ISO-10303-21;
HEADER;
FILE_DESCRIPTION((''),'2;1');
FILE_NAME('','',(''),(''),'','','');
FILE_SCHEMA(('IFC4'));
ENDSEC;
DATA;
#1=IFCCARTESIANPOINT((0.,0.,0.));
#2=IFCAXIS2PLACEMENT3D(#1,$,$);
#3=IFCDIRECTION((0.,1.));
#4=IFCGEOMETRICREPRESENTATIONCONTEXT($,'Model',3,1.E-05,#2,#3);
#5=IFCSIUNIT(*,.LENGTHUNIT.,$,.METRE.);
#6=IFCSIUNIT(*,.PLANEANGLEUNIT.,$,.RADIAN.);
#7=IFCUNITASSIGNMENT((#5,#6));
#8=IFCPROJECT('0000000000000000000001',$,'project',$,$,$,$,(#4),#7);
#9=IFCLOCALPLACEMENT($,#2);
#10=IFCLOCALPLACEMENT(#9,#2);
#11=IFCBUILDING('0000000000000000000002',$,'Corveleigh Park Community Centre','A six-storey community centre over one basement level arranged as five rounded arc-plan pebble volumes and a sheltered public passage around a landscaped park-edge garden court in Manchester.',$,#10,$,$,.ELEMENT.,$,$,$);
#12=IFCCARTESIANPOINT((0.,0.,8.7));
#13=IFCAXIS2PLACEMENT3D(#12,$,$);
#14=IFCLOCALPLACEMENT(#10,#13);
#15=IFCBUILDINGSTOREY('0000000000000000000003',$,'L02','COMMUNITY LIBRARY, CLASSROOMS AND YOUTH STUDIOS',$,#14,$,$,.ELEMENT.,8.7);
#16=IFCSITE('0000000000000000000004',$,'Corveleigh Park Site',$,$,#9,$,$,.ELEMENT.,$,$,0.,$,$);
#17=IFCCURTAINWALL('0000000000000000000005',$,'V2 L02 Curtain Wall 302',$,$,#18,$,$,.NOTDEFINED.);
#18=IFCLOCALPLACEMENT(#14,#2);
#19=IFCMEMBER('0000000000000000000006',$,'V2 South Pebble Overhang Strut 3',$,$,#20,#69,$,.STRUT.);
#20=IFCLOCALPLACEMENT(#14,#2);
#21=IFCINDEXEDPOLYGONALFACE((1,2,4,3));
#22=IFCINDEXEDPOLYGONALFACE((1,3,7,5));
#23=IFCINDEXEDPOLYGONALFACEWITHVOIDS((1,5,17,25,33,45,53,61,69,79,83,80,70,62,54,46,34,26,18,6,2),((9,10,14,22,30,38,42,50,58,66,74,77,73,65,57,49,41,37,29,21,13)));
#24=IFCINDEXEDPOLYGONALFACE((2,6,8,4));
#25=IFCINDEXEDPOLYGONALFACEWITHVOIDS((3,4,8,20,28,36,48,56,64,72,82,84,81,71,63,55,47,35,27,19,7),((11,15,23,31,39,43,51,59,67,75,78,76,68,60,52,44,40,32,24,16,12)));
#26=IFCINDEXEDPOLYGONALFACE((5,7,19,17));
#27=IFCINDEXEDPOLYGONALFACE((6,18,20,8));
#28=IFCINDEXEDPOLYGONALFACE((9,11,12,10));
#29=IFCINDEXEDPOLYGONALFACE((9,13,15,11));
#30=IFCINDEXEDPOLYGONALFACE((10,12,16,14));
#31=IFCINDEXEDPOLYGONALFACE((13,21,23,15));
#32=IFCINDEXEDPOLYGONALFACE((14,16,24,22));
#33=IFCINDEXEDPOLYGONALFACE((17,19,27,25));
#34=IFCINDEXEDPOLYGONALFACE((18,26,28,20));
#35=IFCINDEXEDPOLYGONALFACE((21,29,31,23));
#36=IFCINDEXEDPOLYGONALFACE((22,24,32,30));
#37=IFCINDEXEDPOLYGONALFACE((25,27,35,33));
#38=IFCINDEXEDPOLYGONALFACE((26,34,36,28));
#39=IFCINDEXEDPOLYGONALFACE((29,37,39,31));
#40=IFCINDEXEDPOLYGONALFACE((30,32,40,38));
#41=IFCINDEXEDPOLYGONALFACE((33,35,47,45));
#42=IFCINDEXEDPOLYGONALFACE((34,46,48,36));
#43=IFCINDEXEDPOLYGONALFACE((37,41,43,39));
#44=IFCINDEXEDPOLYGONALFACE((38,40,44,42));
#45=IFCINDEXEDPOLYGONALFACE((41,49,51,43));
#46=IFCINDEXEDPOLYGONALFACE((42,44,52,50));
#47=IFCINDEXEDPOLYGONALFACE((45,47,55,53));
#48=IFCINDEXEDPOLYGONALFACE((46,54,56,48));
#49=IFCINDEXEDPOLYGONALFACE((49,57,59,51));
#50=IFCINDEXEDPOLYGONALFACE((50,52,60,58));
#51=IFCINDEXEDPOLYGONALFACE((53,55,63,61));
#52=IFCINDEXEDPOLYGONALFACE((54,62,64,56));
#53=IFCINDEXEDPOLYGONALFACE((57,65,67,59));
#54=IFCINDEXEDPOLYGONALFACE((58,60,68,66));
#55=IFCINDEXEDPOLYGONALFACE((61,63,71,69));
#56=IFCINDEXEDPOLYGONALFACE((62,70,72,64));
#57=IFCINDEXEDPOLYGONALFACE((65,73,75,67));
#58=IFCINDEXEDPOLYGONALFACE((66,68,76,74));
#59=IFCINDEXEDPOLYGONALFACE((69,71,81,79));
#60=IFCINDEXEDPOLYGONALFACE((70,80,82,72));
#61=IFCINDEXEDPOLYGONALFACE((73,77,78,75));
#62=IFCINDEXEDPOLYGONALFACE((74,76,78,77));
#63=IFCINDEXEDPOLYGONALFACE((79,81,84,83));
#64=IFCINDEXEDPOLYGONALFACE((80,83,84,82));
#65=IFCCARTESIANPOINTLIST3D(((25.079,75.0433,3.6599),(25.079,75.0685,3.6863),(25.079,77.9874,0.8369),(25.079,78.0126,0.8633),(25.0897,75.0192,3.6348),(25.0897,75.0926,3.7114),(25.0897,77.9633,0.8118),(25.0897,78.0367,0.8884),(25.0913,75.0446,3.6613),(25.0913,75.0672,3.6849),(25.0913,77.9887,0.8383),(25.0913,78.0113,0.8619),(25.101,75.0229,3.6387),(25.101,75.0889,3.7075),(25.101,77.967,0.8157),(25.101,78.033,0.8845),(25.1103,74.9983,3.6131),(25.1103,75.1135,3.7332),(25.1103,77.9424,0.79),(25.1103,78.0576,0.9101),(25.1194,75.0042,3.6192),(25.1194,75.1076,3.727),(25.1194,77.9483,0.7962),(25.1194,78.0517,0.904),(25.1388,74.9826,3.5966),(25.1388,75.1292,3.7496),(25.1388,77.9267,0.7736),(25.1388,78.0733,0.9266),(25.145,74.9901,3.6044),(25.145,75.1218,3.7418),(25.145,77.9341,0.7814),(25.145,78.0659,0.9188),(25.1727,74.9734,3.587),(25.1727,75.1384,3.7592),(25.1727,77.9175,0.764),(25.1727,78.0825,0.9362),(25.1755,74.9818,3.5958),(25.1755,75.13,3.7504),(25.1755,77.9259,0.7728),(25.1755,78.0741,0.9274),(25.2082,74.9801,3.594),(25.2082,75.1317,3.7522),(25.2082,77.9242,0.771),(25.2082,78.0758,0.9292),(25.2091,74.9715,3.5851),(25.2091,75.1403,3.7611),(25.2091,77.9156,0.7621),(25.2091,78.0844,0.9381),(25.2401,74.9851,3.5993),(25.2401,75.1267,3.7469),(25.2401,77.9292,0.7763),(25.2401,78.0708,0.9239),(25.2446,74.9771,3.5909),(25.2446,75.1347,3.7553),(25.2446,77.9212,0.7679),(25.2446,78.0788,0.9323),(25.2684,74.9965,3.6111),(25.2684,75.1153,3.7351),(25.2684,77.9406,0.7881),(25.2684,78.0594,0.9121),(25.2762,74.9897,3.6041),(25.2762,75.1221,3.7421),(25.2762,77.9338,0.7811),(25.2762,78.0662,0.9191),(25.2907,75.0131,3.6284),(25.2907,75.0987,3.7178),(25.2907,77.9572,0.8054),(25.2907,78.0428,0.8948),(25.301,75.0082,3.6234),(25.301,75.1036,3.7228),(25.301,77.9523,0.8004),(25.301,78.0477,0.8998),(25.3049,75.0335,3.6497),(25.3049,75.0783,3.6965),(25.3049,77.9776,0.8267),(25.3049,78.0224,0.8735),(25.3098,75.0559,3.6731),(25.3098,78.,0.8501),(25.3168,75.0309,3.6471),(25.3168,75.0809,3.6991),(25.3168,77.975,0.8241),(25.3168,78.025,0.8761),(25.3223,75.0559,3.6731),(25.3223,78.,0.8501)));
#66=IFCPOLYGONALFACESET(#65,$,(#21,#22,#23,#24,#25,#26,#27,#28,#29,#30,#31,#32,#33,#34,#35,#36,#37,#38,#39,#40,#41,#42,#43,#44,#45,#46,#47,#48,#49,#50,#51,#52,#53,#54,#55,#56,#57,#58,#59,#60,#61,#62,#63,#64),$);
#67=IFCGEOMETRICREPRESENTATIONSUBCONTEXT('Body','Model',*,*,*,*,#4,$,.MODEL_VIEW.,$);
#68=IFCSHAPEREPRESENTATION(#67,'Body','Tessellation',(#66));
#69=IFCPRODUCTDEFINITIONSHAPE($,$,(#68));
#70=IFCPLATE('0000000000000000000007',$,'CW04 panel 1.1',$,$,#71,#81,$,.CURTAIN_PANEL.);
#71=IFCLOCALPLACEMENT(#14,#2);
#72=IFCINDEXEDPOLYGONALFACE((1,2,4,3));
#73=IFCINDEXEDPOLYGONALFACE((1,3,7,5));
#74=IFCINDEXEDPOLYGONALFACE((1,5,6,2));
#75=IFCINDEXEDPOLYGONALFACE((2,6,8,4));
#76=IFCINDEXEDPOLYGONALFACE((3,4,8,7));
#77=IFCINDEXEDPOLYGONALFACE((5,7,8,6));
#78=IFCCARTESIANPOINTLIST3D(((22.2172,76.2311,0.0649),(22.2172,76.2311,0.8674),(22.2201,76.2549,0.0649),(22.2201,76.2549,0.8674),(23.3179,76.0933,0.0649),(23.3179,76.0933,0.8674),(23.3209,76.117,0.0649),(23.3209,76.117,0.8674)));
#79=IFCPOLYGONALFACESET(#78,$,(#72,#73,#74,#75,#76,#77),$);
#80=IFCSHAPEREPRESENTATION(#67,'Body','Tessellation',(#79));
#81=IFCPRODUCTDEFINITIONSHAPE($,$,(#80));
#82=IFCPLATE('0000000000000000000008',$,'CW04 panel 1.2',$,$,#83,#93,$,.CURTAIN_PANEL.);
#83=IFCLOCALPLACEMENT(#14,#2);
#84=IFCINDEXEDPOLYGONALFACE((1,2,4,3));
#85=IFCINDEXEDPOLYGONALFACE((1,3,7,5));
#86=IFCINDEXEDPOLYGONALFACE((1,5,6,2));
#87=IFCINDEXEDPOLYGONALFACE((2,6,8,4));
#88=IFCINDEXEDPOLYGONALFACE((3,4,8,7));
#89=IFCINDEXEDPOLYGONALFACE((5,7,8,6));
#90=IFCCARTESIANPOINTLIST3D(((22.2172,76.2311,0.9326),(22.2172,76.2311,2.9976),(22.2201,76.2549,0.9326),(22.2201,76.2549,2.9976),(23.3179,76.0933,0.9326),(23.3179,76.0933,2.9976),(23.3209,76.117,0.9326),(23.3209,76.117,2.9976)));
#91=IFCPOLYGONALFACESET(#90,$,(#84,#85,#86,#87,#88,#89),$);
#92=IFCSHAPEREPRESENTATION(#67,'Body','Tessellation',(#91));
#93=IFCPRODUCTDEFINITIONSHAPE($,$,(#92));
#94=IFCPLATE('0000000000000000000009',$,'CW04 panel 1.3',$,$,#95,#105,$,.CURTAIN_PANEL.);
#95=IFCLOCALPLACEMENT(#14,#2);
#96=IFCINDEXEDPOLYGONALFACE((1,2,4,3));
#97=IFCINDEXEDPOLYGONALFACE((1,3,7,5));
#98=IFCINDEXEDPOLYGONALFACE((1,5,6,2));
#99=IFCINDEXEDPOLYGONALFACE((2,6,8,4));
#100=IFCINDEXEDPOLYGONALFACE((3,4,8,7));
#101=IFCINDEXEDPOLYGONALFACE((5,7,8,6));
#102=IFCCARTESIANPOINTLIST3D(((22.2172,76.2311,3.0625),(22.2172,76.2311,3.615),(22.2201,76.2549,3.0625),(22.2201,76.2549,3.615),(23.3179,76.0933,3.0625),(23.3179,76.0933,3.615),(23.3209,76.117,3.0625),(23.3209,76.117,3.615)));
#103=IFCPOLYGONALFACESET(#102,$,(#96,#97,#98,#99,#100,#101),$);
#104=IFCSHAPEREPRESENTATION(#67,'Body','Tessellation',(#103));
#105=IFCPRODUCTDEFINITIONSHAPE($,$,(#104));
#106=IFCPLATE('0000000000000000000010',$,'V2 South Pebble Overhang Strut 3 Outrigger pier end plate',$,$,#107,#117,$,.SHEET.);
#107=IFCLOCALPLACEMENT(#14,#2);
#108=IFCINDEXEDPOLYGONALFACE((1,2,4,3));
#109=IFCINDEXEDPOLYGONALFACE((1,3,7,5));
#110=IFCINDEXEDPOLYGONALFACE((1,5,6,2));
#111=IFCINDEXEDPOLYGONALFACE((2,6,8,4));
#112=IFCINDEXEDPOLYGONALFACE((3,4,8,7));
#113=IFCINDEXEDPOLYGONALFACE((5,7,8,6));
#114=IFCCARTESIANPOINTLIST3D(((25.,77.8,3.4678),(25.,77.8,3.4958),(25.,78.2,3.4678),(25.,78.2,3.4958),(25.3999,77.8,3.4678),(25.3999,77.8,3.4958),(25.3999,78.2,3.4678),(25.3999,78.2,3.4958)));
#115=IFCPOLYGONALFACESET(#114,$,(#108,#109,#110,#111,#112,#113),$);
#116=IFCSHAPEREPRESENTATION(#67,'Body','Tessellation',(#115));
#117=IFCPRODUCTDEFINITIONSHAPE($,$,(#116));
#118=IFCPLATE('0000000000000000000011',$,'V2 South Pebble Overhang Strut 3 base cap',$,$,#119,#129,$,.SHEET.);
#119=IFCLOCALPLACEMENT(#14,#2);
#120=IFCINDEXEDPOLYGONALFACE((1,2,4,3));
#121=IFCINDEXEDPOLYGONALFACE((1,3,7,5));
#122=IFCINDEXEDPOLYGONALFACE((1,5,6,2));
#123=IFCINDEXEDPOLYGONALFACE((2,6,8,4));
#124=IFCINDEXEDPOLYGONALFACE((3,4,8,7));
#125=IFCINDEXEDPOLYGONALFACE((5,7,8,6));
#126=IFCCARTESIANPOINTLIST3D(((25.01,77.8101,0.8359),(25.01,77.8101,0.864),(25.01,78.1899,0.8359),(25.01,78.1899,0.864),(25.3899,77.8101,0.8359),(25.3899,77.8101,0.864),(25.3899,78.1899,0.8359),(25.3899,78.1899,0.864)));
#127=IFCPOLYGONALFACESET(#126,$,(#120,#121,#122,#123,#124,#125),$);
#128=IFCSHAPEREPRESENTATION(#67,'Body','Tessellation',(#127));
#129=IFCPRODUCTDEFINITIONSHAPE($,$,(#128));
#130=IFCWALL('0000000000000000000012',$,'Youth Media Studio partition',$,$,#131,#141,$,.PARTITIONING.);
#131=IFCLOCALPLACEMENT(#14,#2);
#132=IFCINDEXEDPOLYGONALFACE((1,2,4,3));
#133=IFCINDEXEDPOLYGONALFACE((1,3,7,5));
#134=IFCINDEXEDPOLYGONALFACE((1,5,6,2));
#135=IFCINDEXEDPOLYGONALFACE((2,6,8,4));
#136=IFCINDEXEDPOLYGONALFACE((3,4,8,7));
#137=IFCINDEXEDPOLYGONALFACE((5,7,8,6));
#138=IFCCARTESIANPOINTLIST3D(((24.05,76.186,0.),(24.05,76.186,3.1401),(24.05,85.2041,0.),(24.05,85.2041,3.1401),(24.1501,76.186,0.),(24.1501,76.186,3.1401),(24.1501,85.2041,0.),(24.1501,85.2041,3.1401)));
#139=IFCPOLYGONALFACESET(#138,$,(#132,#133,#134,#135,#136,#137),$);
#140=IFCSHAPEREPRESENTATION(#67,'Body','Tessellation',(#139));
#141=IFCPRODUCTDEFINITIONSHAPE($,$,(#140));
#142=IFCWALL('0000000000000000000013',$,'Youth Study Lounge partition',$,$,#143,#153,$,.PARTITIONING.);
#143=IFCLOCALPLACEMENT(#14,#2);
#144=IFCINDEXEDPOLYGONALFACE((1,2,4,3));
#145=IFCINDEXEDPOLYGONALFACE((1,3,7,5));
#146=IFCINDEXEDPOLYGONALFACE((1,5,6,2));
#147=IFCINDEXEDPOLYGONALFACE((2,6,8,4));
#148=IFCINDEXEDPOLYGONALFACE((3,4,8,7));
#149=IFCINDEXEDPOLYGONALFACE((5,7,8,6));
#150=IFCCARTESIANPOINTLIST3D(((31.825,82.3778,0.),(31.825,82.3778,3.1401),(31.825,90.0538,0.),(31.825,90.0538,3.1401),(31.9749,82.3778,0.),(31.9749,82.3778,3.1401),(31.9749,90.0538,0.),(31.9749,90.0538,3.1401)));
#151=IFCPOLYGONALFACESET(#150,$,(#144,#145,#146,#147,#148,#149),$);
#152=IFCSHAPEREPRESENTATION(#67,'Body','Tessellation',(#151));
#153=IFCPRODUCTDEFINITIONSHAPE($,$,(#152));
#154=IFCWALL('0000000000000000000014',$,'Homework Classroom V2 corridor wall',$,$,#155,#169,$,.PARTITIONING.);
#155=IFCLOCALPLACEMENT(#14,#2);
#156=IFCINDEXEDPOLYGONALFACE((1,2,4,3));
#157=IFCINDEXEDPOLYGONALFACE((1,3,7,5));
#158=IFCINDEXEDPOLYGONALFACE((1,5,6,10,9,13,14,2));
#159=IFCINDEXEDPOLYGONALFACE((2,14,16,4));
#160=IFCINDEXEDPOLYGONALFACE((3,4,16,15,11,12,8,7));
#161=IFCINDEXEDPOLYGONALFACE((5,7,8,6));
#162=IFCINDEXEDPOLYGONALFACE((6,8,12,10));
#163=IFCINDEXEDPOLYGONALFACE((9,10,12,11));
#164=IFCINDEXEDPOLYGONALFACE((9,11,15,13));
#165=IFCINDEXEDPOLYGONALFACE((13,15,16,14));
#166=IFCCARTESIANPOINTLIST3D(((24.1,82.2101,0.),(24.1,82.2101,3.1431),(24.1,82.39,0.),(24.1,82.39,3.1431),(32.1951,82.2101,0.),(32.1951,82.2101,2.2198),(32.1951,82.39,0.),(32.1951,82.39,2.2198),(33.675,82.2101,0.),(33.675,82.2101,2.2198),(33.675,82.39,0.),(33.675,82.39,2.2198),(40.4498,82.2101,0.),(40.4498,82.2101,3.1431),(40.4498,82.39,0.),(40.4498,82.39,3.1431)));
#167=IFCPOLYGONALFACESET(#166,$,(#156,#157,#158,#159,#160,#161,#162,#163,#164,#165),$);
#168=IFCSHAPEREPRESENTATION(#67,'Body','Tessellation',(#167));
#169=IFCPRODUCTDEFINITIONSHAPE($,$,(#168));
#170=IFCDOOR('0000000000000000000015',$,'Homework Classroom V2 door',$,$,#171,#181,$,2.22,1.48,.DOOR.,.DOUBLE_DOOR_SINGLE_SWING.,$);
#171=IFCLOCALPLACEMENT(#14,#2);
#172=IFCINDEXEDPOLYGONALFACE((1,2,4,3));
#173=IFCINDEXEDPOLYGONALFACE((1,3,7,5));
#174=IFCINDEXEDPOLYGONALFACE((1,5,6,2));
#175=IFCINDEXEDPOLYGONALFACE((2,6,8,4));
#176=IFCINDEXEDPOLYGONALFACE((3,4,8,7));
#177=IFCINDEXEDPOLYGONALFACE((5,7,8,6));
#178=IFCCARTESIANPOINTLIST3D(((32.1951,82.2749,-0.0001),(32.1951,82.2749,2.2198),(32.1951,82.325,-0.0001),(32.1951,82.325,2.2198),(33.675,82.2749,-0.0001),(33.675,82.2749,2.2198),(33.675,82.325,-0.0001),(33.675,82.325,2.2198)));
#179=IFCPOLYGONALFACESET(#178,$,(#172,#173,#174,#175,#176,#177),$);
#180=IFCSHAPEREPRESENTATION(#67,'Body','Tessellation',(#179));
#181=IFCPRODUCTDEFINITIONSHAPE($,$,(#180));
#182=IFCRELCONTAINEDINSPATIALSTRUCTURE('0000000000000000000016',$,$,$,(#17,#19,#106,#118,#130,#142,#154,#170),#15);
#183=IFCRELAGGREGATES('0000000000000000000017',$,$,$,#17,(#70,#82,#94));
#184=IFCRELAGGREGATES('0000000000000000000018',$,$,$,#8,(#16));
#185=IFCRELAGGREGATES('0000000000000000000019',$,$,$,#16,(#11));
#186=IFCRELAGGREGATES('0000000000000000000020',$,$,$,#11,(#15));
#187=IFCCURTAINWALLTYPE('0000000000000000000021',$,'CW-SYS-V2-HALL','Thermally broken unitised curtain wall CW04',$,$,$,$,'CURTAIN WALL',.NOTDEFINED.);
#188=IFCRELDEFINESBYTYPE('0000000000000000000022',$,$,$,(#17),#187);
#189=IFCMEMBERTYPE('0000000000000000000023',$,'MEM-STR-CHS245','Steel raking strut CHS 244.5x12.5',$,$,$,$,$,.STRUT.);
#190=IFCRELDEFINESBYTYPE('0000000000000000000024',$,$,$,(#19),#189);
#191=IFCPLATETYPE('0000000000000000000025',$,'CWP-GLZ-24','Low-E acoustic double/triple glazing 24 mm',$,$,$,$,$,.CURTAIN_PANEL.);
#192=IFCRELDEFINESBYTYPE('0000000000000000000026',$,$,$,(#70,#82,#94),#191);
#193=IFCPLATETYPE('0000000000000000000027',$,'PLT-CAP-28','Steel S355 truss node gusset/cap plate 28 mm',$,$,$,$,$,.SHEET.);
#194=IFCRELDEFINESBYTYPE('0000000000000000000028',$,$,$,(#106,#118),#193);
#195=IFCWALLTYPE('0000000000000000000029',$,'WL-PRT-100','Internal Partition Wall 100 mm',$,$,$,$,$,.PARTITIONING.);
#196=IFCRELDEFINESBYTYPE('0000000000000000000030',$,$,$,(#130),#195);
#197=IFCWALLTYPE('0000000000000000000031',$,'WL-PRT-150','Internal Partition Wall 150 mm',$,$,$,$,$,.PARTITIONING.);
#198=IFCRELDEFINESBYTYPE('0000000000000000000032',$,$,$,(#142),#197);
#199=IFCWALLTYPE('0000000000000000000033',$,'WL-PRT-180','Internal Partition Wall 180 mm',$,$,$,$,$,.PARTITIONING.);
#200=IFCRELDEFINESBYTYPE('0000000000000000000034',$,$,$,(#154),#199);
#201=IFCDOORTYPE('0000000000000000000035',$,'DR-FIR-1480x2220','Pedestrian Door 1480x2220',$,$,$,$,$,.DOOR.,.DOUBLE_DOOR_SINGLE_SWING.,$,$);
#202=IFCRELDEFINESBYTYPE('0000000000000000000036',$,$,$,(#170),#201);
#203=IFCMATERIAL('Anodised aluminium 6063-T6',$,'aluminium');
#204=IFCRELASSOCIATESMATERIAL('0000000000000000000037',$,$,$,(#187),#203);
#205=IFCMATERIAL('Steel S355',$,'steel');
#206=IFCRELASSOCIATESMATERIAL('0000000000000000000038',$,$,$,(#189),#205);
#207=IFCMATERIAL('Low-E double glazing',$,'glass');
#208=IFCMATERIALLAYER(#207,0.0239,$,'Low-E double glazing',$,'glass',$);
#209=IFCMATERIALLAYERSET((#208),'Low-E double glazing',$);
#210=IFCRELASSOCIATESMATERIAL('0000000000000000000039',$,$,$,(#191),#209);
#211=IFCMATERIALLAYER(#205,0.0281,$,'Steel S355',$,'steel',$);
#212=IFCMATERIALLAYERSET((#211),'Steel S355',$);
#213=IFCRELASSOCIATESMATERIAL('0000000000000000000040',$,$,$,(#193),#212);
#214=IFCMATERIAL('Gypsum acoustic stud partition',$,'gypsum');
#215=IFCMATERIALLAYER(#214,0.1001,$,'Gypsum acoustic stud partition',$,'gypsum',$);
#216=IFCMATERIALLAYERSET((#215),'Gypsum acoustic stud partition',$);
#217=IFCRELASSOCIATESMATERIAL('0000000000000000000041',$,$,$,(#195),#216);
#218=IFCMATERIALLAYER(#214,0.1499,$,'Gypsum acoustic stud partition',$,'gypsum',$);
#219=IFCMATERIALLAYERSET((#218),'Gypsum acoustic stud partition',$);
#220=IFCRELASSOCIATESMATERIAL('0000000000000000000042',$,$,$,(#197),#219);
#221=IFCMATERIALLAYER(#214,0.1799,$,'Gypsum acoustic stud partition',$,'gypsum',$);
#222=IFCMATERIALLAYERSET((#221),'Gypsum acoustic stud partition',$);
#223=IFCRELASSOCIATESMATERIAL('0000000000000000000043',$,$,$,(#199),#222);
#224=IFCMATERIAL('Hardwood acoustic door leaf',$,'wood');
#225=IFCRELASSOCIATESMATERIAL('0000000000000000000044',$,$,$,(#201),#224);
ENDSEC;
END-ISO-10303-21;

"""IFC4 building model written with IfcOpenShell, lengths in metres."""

from ifc_helpers import new_model, si_unit, direction, frame, frame_2d, origin, origin_2d, place, context, subcontext, project, spatial, rectangle, hollow_circle, extrude, material, layer, layer_set, material_profile, profile_set, type_object, element, fill, aggregate, save


model = new_model("IFC4")

# Units and contexts
model_context = context("Model", 3, precision=1e-05, world=origin(), true_north=direction((0.0, 1.0)))
body_context = subcontext(model_context, "Body", "Model", "MODEL_VIEW")
ifc_project = project(units=[si_unit("LENGTHUNIT", "METRE"), si_unit("PLANEANGLEUNIT", "RADIAN")], contexts=[model_context])

# Site, building, storey
site_placement = place(None, origin())
site = spatial("IfcSite", under=ifc_project, at=site_placement, Name="Corveleigh Park Site", CompositionType="ELEMENT", RefElevation=0.0)
building_placement = place(site_placement, origin())
building = spatial("IfcBuilding", under=site, at=building_placement, Name="Corveleigh Park Community Centre", Description="A six-storey community centre over one basement level arranged as five rounded arc-plan pebble volumes and a sheltered public passage around a landscaped park-edge garden court in Manchester.", CompositionType="ELEMENT")
storey_placement = place(building_placement, frame((0.0, 0.0, 8.7)))
storey = spatial("IfcBuildingStorey", under=building, at=storey_placement, Name="L02", Description="COMMUNITY LIBRARY, CLASSROOMS AND YOUTH STUDIOS", CompositionType="ELEMENT", Elevation=8.7)

# Shared definitions
ifc_material_1 = material(Name="Steel S355", Category="steel")

# Curtain wall
ifc_material_2 = material(Name="Anodised aluminium 6063-T6", Category="aluminium")
curtain_wall_type = type_object("IfcCurtainWallType", Name="CW-SYS-V2-HALL", Description="Thermally broken unitised curtain wall CW04", ElementType="CURTAIN WALL", PredefinedType="NOTDEFINED", material=ifc_material_2)
curtain_wall_placement = place(storey_placement, origin())
curtain_wall = element("IfcCurtainWall", 1, at=curtain_wall_placement, inside=storey, type_object=curtain_wall_type, Name="V2 L02 Curtain Wall 302", PredefinedType="NOTDEFINED")

# Member
ifc_material_profile_1 = material_profile(ifc_material_1, hollow_circle(Radius=0.1223, WallThickness=0.0125, at=origin_2d()), Name="CHS 244.5x12.5", Category="steel")
ifc_profile_set_1 = profile_set([ifc_material_profile_1], Name="Steel S355")
member_type_1 = type_object("IfcMemberType", Name="MEM-STR-CHS245", Description="Steel raking strut CHS 244.5x12.5", PredefinedType="STRUT", material=ifc_profile_set_1)
member_1_placement = place(storey_placement, frame((25.2, 78.0, 0.8501), z_axis=(0.0, -0.721795, 0.692107), x_axis=(1.0, 0.0, 0.0)))
element("IfcMember", 2, at=member_1_placement, inside=storey, type_object=member_type_1, Name="V2 South Pebble Overhang Strut 3", PredefinedType="STRUT", context=body_context, shape_type="SweptSolid", body=[
    extrude(hollow_circle(Radius=0.1223, WallThickness=0.0125, at=origin_2d()), origin(), (0.0, 0.0, 1.0), 4.0789),
])

# Plates
ifc_material_3 = material(Name="Low-E double glazing", Category="glass")
ifc_layer_1 = layer(ifc_material_3, 0.0239, Name="Low-E double glazing", Category="glass")
ifc_layer_set_1 = layer_set([ifc_layer_1], Name="Low-E double glazing")
plate_type_1 = type_object("IfcPlateType", Name="CWP-GLZ-24", Description="Low-E acoustic double/triple glazing 24 mm", PredefinedType="CURTAIN_PANEL", material=ifc_layer_set_1)
plate_1_placement = place(storey_placement, frame((22.769, 76.1741, 0.0649), z_axis=(0.0, 0.0, 1.0), x_axis=(-0.992246, 0.12429, 0.0)))
plate_1 = element("IfcPlate", 3, at=plate_1_placement, type_object=plate_type_1, Name="CW04 panel 1.1", PredefinedType="CURTAIN_PANEL", context=body_context, shape_type="SweptSolid", body=[
    extrude(rectangle(XDim=1.1094, YDim=0.0239, at=origin_2d()), origin(), (0.0, 0.0, 1.0), 0.8025),
])
plate_2_placement = place(storey_placement, frame((22.769, 76.1741, 0.9326), z_axis=(0.0, 0.0, 1.0), x_axis=(-0.992246, 0.12429, 0.0)))
plate_2 = element("IfcPlate", 4, at=plate_2_placement, type_object=plate_type_1, Name="CW04 panel 1.2", PredefinedType="CURTAIN_PANEL", context=body_context, shape_type="SweptSolid", body=[
    extrude(rectangle(XDim=1.1094, YDim=0.0239, at=origin_2d()), origin(), (0.0, 0.0, 1.0), 2.0649),
])
plate_3_placement = place(storey_placement, frame((22.769, 76.1741, 3.0625), z_axis=(0.0, 0.0, 1.0), x_axis=(-0.992246, 0.12429, 0.0)))
plate_3 = element("IfcPlate", 5, at=plate_3_placement, type_object=plate_type_1, Name="CW04 panel 1.3", PredefinedType="CURTAIN_PANEL", context=body_context, shape_type="SweptSolid", body=[
    extrude(rectangle(XDim=1.1094, YDim=0.0239, at=origin_2d()), origin(), (0.0, 0.0, 1.0), 0.5525),
])
aggregate(curtain_wall, [plate_1, plate_2, plate_3])

# Plates
ifc_layer_2 = layer(ifc_material_1, 0.0281, Name="Steel S355", Category="steel")
ifc_layer_set_2 = layer_set([ifc_layer_2], Name="Steel S355")
plate_type_2 = type_object("IfcPlateType", Name="PLT-CAP-28", Description="Steel S355 truss node gusset/cap plate 28 mm", PredefinedType="SHEET", material=ifc_layer_set_2)
plate_4_placement = place(storey_placement, frame((25.2, 78.0, 3.4678), z_axis=(0.0, 0.0, 1.0), x_axis=(1.0, 0.0, 0.0)))
element("IfcPlate", 6, at=plate_4_placement, inside=storey, type_object=plate_type_2, Name="V2 South Pebble Overhang Strut 3 Outrigger pier end plate", PredefinedType="SHEET", context=body_context, shape_type="SweptSolid", body=[
    extrude(rectangle(XDim=0.3999, YDim=0.3999, at=origin_2d()), origin(), (0.0, 0.0, 1.0), 0.0281),
])
plate_5_placement = place(storey_placement, frame((25.2, 78.0, 0.8359), z_axis=(0.0, 0.0, 1.0), x_axis=(1.0, 0.0, 0.0)))
element("IfcPlate", 7, at=plate_5_placement, inside=storey, type_object=plate_type_2, Name="V2 South Pebble Overhang Strut 3 base cap", PredefinedType="SHEET", context=body_context, shape_type="SweptSolid", body=[
    extrude(rectangle(XDim=0.3799, YDim=0.3799, at=origin_2d()), origin(), (0.0, 0.0, 1.0), 0.0281),
])

# Walls
ifc_material_4 = material(Name="Gypsum acoustic stud partition", Category="gypsum")
ifc_layer_3 = layer(ifc_material_4, 0.1001, Name="Gypsum acoustic stud partition", Category="gypsum")
ifc_layer_set_3 = layer_set([ifc_layer_3], Name="Gypsum acoustic stud partition")
wall_type_1 = type_object("IfcWallType", Name="WL-PRT-100", Description="Internal Partition Wall 100 mm", PredefinedType="PARTITIONING", material=ifc_layer_set_3)
wall_1_placement = place(storey_placement, frame((24.1001, 76.186, 0.0), z_axis=(0.0, 0.0, 1.0), x_axis=(0.0, 1.0, 0.0)))
element("IfcWall", 8, at=wall_1_placement, inside=storey, type_object=wall_type_1, Name="Youth Media Studio partition", PredefinedType="PARTITIONING", context=body_context, shape_type="SweptSolid", body=[
    extrude(rectangle(XDim=9.0181, YDim=0.1001, at=frame_2d((4.509, 0.0))), origin(), (0.0, 0.0, 1.0), 3.1401),
])
ifc_layer_4 = layer(ifc_material_4, 0.1499, Name="Gypsum acoustic stud partition", Category="gypsum")
ifc_layer_set_4 = layer_set([ifc_layer_4], Name="Gypsum acoustic stud partition")
wall_type_2 = type_object("IfcWallType", Name="WL-PRT-150", Description="Internal Partition Wall 150 mm", PredefinedType="PARTITIONING", material=ifc_layer_set_4)
wall_2_placement = place(storey_placement, frame((31.8999, 82.3779, 0.0), z_axis=(0.0, 0.0, 1.0), x_axis=(0.0, 1.0, 0.0)))
element("IfcWall", 9, at=wall_2_placement, inside=storey, type_object=wall_type_2, Name="Youth Study Lounge partition", PredefinedType="PARTITIONING", context=body_context, shape_type="SweptSolid", body=[
    extrude(rectangle(XDim=7.676, YDim=0.1499, at=frame_2d((3.8379, 0.0))), origin(), (0.0, 0.0, 1.0), 3.1401),
])

# Wall, opening, door
ifc_layer_5 = layer(ifc_material_4, 0.1799, Name="Gypsum acoustic stud partition", Category="gypsum")
ifc_layer_set_5 = layer_set([ifc_layer_5], Name="Gypsum acoustic stud partition")
wall_type_3 = type_object("IfcWallType", Name="WL-PRT-180", Description="Internal Partition Wall 180 mm", PredefinedType="PARTITIONING", material=ifc_layer_set_5)
wall_3_placement = place(storey_placement, frame((24.1001, 82.3, 0.0), z_axis=(0.0, 0.0, 1.0), x_axis=(1.0, 0.0, 0.0)))
wall_3 = element("IfcWall", 10, at=wall_3_placement, inside=storey, type_object=wall_type_3, Name="Homework Classroom V2 corridor wall", PredefinedType="PARTITIONING", context=body_context, shape_type="SweptSolid", body=[
    extrude(rectangle(XDim=16.3499, YDim=0.1799, at=frame_2d((8.1748, 0.0))), origin(), (0.0, 0.0, 1.0), 3.1431),
])
opening_1_placement = place(wall_3_placement, frame((8.095, 0.0, 0.0)))
opening_1 = element("IfcOpeningElement", 11, at=opening_1_placement, cuts=wall_3, PredefinedType="OPENING", context=body_context, shape_type="SweptSolid", body=[
    extrude(rectangle(XDim=1.48, YDim=2.22, at=frame_2d((0.74, 1.1099))), frame((0.0, 0.0999, 0.0), z_axis=(0.0, -1.0, 0.0), x_axis=(1.0, 0.0, 0.0)), (0.0, 0.0, 1.0), 0.2),
])
ifc_material_5 = material(Name="Hardwood acoustic door leaf", Category="wood")
door_type_1 = type_object("IfcDoorType", Name="DR-FIR-1480x2220", Description="Pedestrian Door 1480x2220", OperationType="DOUBLE_DOOR_SINGLE_SWING", PredefinedType="DOOR", material=ifc_material_5)
door_1_placement = place(opening_1_placement, origin())
door_1 = element("IfcDoor", 12, at=door_1_placement, inside=storey, type_object=door_type_1, Name="Homework Classroom V2 door", OperationType="DOUBLE_DOOR_SINGLE_SWING", OverallHeight=2.22, OverallWidth=1.48, PredefinedType="DOOR", context=body_context, shape_type="SweptSolid", body=[
    extrude(rectangle(XDim=1.48, YDim=2.22, at=frame_2d((0.74, 1.1099))), frame((0.0, 0.0249, 0.0), z_axis=(0.0, -1.0, 0.0), x_axis=(1.0, 0.0, 0.0)), (0.0, 0.0, 1.0), 0.05),
])
fill(opening_1, door_1)

save(model, "model.ifc")
